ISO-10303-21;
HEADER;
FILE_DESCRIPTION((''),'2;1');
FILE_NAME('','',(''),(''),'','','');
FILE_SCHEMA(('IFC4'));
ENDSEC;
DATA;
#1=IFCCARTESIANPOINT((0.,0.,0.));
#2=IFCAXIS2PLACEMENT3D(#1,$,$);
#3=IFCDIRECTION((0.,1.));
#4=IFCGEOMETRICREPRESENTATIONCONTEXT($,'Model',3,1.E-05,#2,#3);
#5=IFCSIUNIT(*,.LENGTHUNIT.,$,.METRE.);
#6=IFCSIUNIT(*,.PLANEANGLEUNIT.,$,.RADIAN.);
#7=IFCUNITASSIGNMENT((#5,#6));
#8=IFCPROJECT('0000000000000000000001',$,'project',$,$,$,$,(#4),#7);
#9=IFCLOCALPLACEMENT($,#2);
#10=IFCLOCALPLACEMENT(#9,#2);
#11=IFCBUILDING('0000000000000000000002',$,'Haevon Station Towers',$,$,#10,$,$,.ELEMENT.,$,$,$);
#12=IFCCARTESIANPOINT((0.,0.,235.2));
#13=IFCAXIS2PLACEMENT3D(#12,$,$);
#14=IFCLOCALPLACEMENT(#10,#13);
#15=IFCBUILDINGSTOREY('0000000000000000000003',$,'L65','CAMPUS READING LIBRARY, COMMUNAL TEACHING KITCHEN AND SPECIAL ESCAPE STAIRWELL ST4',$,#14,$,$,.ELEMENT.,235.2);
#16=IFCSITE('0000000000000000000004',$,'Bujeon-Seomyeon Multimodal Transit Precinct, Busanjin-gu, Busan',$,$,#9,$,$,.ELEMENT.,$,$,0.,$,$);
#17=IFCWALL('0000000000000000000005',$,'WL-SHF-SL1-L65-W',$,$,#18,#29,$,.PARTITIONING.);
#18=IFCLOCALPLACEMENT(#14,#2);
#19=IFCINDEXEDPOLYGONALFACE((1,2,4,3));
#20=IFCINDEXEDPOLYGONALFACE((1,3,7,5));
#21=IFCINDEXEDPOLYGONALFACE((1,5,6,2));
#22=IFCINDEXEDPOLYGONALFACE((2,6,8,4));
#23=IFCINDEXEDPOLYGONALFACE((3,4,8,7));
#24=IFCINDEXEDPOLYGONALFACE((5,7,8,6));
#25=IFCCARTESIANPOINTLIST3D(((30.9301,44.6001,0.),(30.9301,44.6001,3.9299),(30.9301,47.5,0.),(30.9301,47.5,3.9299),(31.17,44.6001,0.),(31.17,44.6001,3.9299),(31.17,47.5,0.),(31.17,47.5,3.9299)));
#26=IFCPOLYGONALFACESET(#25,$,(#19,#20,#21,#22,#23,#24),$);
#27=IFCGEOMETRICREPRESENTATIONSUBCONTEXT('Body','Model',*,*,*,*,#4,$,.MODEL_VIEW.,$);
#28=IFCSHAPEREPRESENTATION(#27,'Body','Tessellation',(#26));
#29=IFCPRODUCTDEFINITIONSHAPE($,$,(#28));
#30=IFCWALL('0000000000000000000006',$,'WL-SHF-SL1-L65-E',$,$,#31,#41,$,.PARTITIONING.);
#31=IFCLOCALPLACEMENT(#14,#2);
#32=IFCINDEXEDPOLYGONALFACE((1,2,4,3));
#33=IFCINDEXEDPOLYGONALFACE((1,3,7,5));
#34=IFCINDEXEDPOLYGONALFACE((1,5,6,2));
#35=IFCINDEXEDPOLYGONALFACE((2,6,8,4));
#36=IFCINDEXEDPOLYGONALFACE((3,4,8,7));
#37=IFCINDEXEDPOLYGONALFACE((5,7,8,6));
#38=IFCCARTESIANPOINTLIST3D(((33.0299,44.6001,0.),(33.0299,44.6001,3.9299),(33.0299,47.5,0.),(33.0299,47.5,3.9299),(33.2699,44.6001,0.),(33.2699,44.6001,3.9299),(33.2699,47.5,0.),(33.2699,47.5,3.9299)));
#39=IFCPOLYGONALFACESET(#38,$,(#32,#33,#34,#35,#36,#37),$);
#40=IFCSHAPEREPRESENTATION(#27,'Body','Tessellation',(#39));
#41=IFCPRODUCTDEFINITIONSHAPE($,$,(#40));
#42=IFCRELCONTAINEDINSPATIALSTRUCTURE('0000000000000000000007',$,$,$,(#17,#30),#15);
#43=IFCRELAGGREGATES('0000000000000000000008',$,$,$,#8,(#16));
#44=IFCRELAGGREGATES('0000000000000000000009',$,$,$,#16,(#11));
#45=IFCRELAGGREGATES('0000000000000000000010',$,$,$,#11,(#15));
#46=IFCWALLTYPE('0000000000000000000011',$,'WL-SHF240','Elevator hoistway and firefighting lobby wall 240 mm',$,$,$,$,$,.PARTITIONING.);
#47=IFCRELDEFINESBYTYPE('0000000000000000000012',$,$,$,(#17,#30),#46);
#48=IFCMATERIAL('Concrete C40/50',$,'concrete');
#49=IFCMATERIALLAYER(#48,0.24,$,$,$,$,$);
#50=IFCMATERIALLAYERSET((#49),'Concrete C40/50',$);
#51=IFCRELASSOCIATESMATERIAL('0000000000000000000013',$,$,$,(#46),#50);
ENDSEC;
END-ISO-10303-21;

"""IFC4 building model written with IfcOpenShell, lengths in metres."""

from ifc_helpers import new_model, si_unit, direction, frame, frame_2d, origin, place, context, subcontext, project, spatial, rectangle, extrude, material, layer, layer_set, type_object, element, save


model = new_model("IFC4")

# Units and contexts
model_context = context("Model", 3, precision=1e-05, world=origin(), true_north=direction((0.0, 1.0)))
body_context = subcontext(model_context, "Body", "Model", "MODEL_VIEW")
ifc_project = project(units=[si_unit("LENGTHUNIT", "METRE"), si_unit("PLANEANGLEUNIT", "RADIAN")], contexts=[model_context])

# Site, building, storey
site_placement = place(None, origin())
site = spatial("IfcSite", under=ifc_project, at=site_placement, Name="Bujeon-Seomyeon Multimodal Transit Precinct, Busanjin-gu, Busan", CompositionType="ELEMENT", RefElevation=0.0)
building_placement = place(site_placement, origin())
building = spatial("IfcBuilding", under=site, at=building_placement, Name="Haevon Station Towers", CompositionType="ELEMENT")
storey_placement = place(building_placement, frame((0.0, 0.0, 235.2)))
storey = spatial("IfcBuildingStorey", under=building, at=storey_placement, Name="L65", Description="CAMPUS READING LIBRARY, COMMUNAL TEACHING KITCHEN AND SPECIAL ESCAPE STAIRWELL ST4", CompositionType="ELEMENT", Elevation=235.2)

# Shared definitions
ifc_material_1 = material(Name="Concrete C40/50", Category="concrete")
ifc_layer_1 = layer(ifc_material_1, 0.24)
ifc_layer_set_1 = layer_set([ifc_layer_1], Name="Concrete C40/50")
wall_type_1 = type_object("IfcWallType", Name="WL-SHF240", Description="Elevator hoistway and firefighting lobby wall 240 mm", PredefinedType="PARTITIONING", material=ifc_layer_set_1)

# Walls
for number, where, z_axis, x_axis, name in (
    (1, (31.05, 44.6001, 0.0), (0.0, 0.0, 1.0), (0.0, 1.0, 0.0), "WL-SHF-SL1-L65-W"),
    (2, (33.1499, 44.6001, 0.0), (0.0, 0.0, 1.0), (0.0, 1.0, 0.0), "WL-SHF-SL1-L65-E"),
):
    element("IfcWall", number, at=place(storey_placement, frame(where, z_axis=z_axis, x_axis=x_axis)), inside=storey, type_object=wall_type_1, Name=name, PredefinedType="PARTITIONING", context=body_context, shape_type="SweptSolid", body=[
        extrude(rectangle(XDim=2.8999, YDim=0.24, at=frame_2d((1.45, 0.0))), origin(), (0.0, 0.0, 1.0), 3.9299),
    ])

save(model, "model.ifc")
